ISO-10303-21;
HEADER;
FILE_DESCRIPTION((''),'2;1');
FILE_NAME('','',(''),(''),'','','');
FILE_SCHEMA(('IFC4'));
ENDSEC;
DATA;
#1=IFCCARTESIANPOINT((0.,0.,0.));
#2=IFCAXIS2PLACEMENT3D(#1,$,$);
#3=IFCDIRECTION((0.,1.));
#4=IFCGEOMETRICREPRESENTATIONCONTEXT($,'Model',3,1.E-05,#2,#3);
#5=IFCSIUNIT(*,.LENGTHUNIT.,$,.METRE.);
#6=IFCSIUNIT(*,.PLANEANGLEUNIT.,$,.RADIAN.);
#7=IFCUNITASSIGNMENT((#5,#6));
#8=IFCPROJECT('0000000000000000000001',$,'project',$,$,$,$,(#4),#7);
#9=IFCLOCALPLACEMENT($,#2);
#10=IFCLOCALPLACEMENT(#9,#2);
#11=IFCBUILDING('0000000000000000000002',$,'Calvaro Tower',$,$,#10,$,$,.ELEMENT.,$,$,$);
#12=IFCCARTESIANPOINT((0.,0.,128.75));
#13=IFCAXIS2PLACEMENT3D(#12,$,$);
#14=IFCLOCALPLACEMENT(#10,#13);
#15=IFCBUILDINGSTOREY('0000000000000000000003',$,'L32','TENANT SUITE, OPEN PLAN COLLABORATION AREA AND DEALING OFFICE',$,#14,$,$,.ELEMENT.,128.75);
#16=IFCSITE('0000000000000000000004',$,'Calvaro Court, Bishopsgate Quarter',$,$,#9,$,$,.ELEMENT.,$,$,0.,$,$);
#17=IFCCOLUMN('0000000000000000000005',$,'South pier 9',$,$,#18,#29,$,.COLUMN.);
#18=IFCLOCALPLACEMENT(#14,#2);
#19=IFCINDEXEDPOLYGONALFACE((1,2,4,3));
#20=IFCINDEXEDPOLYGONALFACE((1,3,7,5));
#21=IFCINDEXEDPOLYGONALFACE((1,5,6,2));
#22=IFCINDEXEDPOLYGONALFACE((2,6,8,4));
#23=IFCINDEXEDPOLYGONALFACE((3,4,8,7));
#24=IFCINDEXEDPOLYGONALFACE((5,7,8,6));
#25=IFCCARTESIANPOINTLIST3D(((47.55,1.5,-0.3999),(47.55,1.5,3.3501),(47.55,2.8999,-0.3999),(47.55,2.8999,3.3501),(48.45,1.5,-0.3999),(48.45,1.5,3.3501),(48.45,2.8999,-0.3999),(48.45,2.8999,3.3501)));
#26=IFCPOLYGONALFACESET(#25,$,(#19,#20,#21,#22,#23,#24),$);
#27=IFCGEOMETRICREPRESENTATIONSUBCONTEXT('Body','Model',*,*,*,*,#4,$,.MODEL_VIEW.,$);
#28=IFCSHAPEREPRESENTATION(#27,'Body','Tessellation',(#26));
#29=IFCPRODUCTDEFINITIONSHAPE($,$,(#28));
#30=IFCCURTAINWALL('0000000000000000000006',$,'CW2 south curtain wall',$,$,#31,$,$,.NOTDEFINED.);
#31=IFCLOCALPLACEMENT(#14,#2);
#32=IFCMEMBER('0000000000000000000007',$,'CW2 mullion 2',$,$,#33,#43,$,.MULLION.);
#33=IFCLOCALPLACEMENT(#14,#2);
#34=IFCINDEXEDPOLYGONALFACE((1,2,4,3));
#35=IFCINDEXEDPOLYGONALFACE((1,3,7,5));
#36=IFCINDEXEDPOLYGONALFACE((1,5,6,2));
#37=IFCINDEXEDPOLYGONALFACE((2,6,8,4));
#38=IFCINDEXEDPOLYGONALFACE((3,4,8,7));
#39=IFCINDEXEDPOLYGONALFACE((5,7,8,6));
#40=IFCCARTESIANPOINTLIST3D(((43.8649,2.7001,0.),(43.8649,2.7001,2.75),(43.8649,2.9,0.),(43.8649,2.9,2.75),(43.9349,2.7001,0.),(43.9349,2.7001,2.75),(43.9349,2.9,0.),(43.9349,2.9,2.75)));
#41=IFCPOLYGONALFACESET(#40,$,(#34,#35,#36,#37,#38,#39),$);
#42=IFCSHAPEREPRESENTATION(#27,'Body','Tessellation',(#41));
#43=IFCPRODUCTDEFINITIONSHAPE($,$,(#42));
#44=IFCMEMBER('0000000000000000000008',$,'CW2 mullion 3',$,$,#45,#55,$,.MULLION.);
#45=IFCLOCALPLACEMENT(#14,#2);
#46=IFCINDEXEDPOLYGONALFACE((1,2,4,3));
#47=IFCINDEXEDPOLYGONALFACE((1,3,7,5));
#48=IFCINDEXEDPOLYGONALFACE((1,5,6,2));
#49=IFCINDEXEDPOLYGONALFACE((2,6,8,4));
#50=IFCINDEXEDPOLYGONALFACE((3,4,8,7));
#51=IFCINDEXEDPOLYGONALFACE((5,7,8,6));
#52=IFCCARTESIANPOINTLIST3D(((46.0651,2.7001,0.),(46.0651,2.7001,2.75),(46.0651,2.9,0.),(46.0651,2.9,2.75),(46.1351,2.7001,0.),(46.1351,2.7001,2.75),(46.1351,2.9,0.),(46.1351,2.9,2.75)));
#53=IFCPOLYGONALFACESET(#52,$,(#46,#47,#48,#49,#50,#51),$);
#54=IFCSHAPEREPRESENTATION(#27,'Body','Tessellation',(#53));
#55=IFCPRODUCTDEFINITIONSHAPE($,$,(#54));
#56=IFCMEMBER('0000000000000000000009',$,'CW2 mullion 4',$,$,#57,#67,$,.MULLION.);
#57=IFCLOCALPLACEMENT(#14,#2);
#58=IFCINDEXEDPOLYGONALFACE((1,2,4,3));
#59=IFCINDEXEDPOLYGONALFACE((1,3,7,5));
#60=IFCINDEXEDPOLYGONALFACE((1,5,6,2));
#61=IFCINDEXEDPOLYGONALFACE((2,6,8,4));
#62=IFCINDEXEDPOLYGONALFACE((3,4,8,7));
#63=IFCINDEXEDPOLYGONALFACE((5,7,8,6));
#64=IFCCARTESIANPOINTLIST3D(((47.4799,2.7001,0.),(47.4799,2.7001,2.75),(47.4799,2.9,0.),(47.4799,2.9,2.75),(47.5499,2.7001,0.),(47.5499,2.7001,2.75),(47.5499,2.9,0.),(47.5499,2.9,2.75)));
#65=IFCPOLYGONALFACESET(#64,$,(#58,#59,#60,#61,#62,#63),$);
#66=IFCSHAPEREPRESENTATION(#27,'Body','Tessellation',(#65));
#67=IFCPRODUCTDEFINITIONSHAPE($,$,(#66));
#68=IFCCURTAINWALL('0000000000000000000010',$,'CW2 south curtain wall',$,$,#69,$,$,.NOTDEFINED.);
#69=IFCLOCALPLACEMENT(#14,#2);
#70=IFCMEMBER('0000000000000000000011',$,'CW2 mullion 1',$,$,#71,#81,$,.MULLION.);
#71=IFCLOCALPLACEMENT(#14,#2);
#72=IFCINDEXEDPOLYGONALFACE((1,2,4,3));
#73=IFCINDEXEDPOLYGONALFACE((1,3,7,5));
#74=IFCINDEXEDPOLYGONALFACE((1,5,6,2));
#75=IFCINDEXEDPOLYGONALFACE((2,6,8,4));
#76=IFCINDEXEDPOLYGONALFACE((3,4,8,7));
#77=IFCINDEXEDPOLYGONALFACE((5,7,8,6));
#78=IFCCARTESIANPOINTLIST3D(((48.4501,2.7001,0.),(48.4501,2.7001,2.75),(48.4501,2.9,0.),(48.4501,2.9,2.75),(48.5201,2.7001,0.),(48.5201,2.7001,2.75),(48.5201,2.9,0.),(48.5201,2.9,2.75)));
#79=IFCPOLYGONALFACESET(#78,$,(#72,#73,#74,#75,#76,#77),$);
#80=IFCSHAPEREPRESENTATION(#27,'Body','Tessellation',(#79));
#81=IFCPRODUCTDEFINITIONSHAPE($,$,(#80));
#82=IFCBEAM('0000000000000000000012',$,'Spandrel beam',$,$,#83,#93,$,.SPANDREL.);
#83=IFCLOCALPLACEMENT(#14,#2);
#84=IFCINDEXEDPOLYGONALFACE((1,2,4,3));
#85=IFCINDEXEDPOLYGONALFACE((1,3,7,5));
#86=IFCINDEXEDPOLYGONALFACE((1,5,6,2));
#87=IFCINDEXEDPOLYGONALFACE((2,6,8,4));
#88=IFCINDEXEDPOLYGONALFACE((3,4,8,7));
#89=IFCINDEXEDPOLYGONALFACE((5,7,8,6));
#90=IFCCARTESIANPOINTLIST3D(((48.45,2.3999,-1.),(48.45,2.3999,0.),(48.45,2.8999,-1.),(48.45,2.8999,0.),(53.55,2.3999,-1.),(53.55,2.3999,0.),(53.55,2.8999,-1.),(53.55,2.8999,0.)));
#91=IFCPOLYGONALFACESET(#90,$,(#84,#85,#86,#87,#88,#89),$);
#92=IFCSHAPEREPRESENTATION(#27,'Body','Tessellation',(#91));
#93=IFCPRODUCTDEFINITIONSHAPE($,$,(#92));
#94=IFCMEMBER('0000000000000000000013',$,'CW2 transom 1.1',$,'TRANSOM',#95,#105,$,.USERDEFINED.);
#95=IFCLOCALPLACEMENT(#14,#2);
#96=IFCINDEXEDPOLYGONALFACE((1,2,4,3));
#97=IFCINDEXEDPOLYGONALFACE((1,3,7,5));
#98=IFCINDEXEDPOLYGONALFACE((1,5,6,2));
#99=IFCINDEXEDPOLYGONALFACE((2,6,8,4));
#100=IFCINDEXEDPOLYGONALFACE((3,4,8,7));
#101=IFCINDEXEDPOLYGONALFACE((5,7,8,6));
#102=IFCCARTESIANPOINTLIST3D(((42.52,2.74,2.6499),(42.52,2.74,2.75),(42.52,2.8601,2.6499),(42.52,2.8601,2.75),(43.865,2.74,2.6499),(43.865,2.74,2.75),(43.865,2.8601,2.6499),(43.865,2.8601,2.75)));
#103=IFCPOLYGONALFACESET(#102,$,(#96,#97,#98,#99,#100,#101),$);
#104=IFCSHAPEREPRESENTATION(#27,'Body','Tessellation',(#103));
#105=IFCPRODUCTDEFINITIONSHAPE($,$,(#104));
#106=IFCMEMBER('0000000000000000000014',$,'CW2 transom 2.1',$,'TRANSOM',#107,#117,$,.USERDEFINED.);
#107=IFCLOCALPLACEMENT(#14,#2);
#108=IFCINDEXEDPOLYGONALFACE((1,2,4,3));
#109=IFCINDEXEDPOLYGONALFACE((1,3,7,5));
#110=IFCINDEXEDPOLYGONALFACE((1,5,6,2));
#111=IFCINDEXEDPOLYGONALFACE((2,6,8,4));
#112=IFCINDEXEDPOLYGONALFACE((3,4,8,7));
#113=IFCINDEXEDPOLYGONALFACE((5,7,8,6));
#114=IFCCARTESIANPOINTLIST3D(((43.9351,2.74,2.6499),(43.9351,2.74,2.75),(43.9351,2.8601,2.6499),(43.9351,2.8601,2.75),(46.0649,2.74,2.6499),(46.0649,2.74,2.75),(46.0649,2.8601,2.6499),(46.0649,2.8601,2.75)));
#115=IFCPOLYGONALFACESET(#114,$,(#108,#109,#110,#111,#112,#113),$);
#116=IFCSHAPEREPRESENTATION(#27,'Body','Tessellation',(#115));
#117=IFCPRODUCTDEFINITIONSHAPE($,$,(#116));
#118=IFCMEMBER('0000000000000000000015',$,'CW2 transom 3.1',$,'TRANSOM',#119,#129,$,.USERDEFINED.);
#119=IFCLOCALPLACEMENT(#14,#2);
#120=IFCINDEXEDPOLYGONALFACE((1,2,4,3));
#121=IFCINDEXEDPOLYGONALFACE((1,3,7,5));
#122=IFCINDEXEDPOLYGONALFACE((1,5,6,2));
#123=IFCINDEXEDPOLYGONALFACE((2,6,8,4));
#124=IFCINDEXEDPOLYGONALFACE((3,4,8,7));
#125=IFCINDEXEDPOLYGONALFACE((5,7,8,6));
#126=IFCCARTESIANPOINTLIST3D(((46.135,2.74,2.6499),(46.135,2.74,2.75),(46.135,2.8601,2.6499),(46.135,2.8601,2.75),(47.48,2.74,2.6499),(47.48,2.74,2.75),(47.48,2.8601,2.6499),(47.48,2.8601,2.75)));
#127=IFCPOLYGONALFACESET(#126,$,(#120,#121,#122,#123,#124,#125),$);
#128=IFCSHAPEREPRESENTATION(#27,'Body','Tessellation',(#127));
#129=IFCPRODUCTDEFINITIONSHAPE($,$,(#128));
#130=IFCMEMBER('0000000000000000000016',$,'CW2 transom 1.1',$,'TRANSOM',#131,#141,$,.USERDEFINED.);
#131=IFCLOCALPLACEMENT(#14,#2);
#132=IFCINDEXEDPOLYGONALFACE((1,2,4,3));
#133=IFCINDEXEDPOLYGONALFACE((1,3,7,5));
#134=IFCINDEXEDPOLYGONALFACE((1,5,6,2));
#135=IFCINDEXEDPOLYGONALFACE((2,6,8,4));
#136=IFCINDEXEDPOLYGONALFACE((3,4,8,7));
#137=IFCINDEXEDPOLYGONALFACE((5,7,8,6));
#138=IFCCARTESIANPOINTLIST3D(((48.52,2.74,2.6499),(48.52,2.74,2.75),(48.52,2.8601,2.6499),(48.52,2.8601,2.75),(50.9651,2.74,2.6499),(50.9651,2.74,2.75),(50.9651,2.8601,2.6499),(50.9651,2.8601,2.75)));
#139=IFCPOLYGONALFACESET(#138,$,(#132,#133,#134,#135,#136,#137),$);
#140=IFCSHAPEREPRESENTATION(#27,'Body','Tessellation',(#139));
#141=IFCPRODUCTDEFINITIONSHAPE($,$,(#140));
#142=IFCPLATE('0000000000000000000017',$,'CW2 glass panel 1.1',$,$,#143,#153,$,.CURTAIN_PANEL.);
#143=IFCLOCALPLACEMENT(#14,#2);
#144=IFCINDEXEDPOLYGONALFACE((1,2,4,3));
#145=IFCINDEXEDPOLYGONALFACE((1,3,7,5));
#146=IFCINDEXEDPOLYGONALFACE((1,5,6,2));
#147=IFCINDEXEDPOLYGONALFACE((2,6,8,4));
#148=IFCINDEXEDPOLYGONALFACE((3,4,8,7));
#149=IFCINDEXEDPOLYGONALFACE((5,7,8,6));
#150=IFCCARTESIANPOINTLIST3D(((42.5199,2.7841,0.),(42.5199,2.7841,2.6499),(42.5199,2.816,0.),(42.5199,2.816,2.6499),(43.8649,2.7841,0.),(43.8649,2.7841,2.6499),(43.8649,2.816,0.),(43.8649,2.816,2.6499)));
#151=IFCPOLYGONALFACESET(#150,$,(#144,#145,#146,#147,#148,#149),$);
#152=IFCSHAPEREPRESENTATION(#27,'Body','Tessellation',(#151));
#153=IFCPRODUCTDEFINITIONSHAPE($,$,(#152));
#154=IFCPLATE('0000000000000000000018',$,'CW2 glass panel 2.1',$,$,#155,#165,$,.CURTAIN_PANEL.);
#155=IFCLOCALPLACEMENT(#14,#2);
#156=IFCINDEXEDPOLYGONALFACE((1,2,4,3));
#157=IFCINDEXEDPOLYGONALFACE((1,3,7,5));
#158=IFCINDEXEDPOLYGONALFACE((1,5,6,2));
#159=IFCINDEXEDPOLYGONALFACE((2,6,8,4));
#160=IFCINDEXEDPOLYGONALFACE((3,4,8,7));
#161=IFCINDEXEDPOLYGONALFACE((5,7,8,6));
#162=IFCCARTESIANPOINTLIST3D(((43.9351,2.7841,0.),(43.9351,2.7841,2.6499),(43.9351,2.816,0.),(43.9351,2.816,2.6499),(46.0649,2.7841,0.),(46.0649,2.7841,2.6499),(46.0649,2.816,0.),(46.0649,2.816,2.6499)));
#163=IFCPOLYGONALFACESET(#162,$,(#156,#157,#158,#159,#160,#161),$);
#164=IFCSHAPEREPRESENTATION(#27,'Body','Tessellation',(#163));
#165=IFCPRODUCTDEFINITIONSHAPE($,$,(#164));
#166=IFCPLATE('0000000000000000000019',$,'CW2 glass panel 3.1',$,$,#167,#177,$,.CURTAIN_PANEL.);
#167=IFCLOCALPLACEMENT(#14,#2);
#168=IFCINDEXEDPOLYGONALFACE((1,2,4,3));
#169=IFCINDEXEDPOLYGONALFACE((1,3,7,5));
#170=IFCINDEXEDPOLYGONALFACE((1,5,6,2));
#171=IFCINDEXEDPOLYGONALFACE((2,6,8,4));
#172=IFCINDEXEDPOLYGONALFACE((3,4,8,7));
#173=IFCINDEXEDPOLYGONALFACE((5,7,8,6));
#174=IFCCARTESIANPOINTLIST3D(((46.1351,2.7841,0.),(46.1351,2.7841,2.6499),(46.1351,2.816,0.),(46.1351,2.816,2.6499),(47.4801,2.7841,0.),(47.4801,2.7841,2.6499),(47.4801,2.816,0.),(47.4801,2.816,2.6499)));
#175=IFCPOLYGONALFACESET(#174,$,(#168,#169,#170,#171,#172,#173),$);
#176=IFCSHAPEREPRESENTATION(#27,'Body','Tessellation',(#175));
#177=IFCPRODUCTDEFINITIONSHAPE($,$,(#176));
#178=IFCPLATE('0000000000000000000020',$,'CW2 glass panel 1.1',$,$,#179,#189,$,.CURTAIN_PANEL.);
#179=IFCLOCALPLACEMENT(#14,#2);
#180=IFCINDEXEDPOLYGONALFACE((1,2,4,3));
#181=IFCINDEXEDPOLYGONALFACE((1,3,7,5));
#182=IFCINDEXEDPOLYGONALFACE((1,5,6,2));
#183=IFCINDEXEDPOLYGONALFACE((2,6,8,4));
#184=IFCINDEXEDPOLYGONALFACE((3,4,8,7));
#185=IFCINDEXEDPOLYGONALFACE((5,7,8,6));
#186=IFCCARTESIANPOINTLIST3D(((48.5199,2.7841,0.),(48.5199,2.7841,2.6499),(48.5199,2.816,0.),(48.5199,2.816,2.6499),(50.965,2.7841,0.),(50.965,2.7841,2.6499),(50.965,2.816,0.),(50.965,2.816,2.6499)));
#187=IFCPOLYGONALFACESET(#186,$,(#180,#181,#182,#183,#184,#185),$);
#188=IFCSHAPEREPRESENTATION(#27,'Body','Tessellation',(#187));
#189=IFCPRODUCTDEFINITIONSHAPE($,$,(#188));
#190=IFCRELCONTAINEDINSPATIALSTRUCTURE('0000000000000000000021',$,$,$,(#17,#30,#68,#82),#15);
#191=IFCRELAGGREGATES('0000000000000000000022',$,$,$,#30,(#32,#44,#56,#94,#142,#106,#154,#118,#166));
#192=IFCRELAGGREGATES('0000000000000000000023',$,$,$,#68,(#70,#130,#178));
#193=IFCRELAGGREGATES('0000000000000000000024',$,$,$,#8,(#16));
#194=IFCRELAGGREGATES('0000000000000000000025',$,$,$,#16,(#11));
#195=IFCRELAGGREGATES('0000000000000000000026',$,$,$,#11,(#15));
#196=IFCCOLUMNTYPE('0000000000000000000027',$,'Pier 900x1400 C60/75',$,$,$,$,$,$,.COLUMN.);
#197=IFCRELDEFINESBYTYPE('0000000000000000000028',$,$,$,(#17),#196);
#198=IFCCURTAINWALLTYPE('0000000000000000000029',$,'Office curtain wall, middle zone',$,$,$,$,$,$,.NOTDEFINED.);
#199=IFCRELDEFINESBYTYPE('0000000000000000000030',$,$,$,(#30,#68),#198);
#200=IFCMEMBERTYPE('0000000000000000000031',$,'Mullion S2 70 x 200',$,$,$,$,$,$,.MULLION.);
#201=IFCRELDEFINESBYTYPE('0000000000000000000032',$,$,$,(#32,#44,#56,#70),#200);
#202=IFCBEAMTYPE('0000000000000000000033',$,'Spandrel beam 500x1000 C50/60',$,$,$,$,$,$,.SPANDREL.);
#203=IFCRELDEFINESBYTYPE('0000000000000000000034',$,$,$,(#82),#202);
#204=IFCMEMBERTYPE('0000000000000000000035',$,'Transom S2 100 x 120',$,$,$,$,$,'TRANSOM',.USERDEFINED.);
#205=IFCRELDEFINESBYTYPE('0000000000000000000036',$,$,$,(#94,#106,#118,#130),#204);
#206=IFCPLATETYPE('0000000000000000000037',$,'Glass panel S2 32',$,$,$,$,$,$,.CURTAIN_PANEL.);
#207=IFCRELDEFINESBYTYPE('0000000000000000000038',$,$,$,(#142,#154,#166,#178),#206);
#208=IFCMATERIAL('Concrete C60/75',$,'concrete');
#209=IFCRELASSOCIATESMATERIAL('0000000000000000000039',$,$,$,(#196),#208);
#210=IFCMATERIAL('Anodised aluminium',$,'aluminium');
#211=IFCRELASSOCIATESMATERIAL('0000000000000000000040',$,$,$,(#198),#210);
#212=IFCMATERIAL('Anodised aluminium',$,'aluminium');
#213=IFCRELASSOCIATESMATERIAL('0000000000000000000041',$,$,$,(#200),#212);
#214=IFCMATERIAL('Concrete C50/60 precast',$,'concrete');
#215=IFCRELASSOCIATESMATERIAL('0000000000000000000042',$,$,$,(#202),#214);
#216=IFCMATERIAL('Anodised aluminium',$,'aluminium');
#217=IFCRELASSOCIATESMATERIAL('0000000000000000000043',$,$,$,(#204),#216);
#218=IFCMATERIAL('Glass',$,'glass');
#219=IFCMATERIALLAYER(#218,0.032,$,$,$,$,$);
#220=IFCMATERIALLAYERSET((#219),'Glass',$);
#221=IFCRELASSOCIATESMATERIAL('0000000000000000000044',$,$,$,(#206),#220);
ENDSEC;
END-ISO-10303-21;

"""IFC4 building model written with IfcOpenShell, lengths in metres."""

from ifc_helpers import new_model, si_unit, direction, frame, origin, origin_2d, place, context, subcontext, project, spatial, rectangle, extrude, material, layer, layer_set, material_profile, profile_set, type_object, element, aggregate, save


model = new_model("IFC4")

# Units and contexts
model_context = context("Model", 3, precision=1e-05, world=origin(), true_north=direction((0.0, 1.0)))
body_context = subcontext(model_context, "Body", "Model", "MODEL_VIEW")
ifc_project = project(units=[si_unit("LENGTHUNIT", "METRE"), si_unit("PLANEANGLEUNIT", "RADIAN")], contexts=[model_context])

# Site, building, storey
site_placement = place(None, origin())
site = spatial("IfcSite", under=ifc_project, at=site_placement, Name="Calvaro Court, Bishopsgate Quarter", CompositionType="ELEMENT", RefElevation=0.0)
building_placement = place(site_placement, origin())
building = spatial("IfcBuilding", under=site, at=building_placement, Name="Calvaro Tower", CompositionType="ELEMENT")
storey_placement = place(building_placement, frame((0.0, 0.0, 128.75)))
storey = spatial("IfcBuildingStorey", under=building, at=storey_placement, Name="L32", Description="TENANT SUITE, OPEN PLAN COLLABORATION AREA AND DEALING OFFICE", CompositionType="ELEMENT", Elevation=128.75)

# Column
ifc_material_1 = material(Name="Concrete C60/75", Category="concrete")
ifc_material_profile_1 = material_profile(ifc_material_1, rectangle(XDim=0.8999, YDim=1.3999, at=origin_2d()), Name="RC 900x1400")
ifc_profile_set_1 = profile_set([ifc_material_profile_1], Name="Concrete C60/75")
column_type = type_object("IfcColumnType", Name="Pier 900x1400 C60/75", PredefinedType="COLUMN", material=ifc_profile_set_1)
column_placement = place(storey_placement, frame((48.0, 2.2, -0.3999), z_axis=(0.0, 0.0, 1.0), x_axis=(1.0, 0.0, 0.0)))
element("IfcColumn", 1, at=column_placement, inside=storey, type_object=column_type, Name="South pier 9", PredefinedType="COLUMN", context=body_context, shape_type="SweptSolid", body=[
    extrude(rectangle(XDim=0.8999, YDim=1.3999, at=origin_2d()), origin(), (0.0, 0.0, 1.0), 3.75),
])

# Curtain wall, members
ifc_material_2 = material(Name="Anodised aluminium", Category="aluminium")
curtain_wall_type = type_object("IfcCurtainWallType", Name="Office curtain wall, middle zone", PredefinedType="NOTDEFINED", material=ifc_material_2)
curtain_wall_1_placement = place(storey_placement, origin())
curtain_wall_1 = element("IfcCurtainWall", 2, at=curtain_wall_1_placement, inside=storey, type_object=curtain_wall_type, Name="CW2 south curtain wall", PredefinedType="NOTDEFINED")
ifc_material_3 = material(Name="Anodised aluminium", Category="aluminium")
ifc_material_profile_2 = material_profile(ifc_material_3, rectangle(XDim=0.2, YDim=0.0701, at=origin_2d()), Name="Mullion S2 70 x 200")
ifc_profile_set_2 = profile_set([ifc_material_profile_2], Name="Anodised aluminium")
member_type_1 = type_object("IfcMemberType", Name="Mullion S2 70 x 200", PredefinedType="MULLION", material=ifc_profile_set_2)
member_1_placement = place(storey_placement, frame((43.8999, 2.8, 0.0), z_axis=(0.0, 0.0, 1.0), x_axis=(0.0, 1.0, 0.0)))
member_1 = element("IfcMember", 3, at=member_1_placement, type_object=member_type_1, Name="CW2 mullion 2", PredefinedType="MULLION", context=body_context, shape_type="SweptSolid", body=[
    extrude(rectangle(XDim=0.2, YDim=0.0701, at=origin_2d()), origin(), (0.0, 0.0, 1.0), 2.75),
])
member_2_placement = place(storey_placement, frame((46.1001, 2.8, 0.0), z_axis=(0.0, 0.0, 1.0), x_axis=(0.0, 1.0, 0.0)))
member_2 = element("IfcMember", 4, at=member_2_placement, type_object=member_type_1, Name="CW2 mullion 3", PredefinedType="MULLION", context=body_context, shape_type="SweptSolid", body=[
    extrude(rectangle(XDim=0.2, YDim=0.0701, at=origin_2d()), origin(), (0.0, 0.0, 1.0), 2.75),
])
member_3_placement = place(storey_placement, frame((47.5149, 2.8, 0.0), z_axis=(0.0, 0.0, 1.0), x_axis=(0.0, 1.0, 0.0)))
member_3 = element("IfcMember", 5, at=member_3_placement, type_object=member_type_1, Name="CW2 mullion 4", PredefinedType="MULLION", context=body_context, shape_type="SweptSolid", body=[
    extrude(rectangle(XDim=0.2, YDim=0.0701, at=origin_2d()), origin(), (0.0, 0.0, 1.0), 2.75),
])

# Curtain wall, member
curtain_wall_2_placement = place(storey_placement, origin())
curtain_wall_2 = element("IfcCurtainWall", 6, at=curtain_wall_2_placement, inside=storey, type_object=curtain_wall_type, Name="CW2 south curtain wall", PredefinedType="NOTDEFINED")
member_4_placement = place(storey_placement, frame((48.4851, 2.8, 0.0), z_axis=(0.0, 0.0, 1.0), x_axis=(0.0, 1.0, 0.0)))
member_4 = element("IfcMember", 7, at=member_4_placement, type_object=member_type_1, Name="CW2 mullion 1", PredefinedType="MULLION", context=body_context, shape_type="SweptSolid", body=[
    extrude(rectangle(XDim=0.2, YDim=0.0701, at=origin_2d()), origin(), (0.0, 0.0, 1.0), 2.75),
])

# Beam
ifc_material_4 = material(Name="Concrete C50/60 precast", Category="concrete")
ifc_material_profile_3 = material_profile(ifc_material_4, rectangle(XDim=0.5, YDim=1.0, at=origin_2d()), Name="RC 500x1000")
ifc_profile_set_3 = profile_set([ifc_material_profile_3], Name="Concrete C50/60 precast")
beam_type = type_object("IfcBeamType", Name="Spandrel beam 500x1000 C50/60", PredefinedType="SPANDREL", material=ifc_profile_set_3)
beam_placement = place(storey_placement, frame((48.45, 2.6499, -0.5), z_axis=(1.0, 0.0, 0.0), x_axis=(0.0, 1.0, 0.0)))
element("IfcBeam", 8, at=beam_placement, inside=storey, type_object=beam_type, Name="Spandrel beam", PredefinedType="SPANDREL", context=body_context, shape_type="SweptSolid", body=[
    extrude(rectangle(XDim=0.5, YDim=1.0, at=origin_2d()), origin(), (0.0, 0.0, 1.0), 5.1001),
])

# Members
ifc_material_5 = material(Name="Anodised aluminium", Category="aluminium")
ifc_material_profile_4 = material_profile(ifc_material_5, rectangle(XDim=0.1201, YDim=0.1001, at=origin_2d()), Name="Transom S2 100 x 120")
ifc_profile_set_4 = profile_set([ifc_material_profile_4], Name="Anodised aluminium")
member_type_2 = type_object("IfcMemberType", Name="Transom S2 100 x 120", ElementType="TRANSOM", PredefinedType="USERDEFINED", material=ifc_profile_set_4)
member_5_placement = place(storey_placement, frame((42.52, 2.8, 2.7), z_axis=(1.0, 0.0, 0.0), x_axis=(0.0, 1.0, 0.0)))
member_5 = element("IfcMember", 9, at=member_5_placement, type_object=member_type_2, Name="CW2 transom 1.1", ObjectType="TRANSOM", PredefinedType="USERDEFINED", context=body_context, shape_type="SweptSolid", body=[
    extrude(rectangle(XDim=0.1201, YDim=0.1001, at=origin_2d()), origin(), (0.0, 0.0, 1.0), 1.345),
])
member_6_placement = place(storey_placement, frame((43.9351, 2.8, 2.7), z_axis=(1.0, 0.0, 0.0), x_axis=(0.0, 1.0, 0.0)))
member_6 = element("IfcMember", 10, at=member_6_placement, type_object=member_type_2, Name="CW2 transom 2.1", ObjectType="TRANSOM", PredefinedType="USERDEFINED", context=body_context, shape_type="SweptSolid", body=[
    extrude(rectangle(XDim=0.1201, YDim=0.1001, at=origin_2d()), origin(), (0.0, 0.0, 1.0), 2.1299),
])
member_7_placement = place(storey_placement, frame((46.135, 2.8, 2.7), z_axis=(1.0, 0.0, 0.0), x_axis=(0.0, 1.0, 0.0)))
member_7 = element("IfcMember", 11, at=member_7_placement, type_object=member_type_2, Name="CW2 transom 3.1", ObjectType="TRANSOM", PredefinedType="USERDEFINED", context=body_context, shape_type="SweptSolid", body=[
    extrude(rectangle(XDim=0.1201, YDim=0.1001, at=origin_2d()), origin(), (0.0, 0.0, 1.0), 1.345),
])
member_8_placement = place(storey_placement, frame((48.52, 2.8, 2.7), z_axis=(1.0, 0.0, 0.0), x_axis=(0.0, 1.0, 0.0)))
member_8 = element("IfcMember", 12, at=member_8_placement, type_object=member_type_2, Name="CW2 transom 1.1", ObjectType="TRANSOM", PredefinedType="USERDEFINED", context=body_context, shape_type="SweptSolid", body=[
    extrude(rectangle(XDim=0.1201, YDim=0.1001, at=origin_2d()), origin(), (0.0, 0.0, 1.0), 2.4451),
])

# Plates
ifc_material_6 = material(Name="Glass", Category="glass")
ifc_layer_1 = layer(ifc_material_6, 0.032)
ifc_layer_set_1 = layer_set([ifc_layer_1], Name="Glass")
plate_type = type_object("IfcPlateType", Name="Glass panel S2 32", PredefinedType="CURTAIN_PANEL", material=ifc_layer_set_1)
plate_1_placement = place(storey_placement, frame((43.1924, 2.8, 0.0), z_axis=(0.0, 0.0, 1.0), x_axis=(1.0, 0.0, 0.0)))
plate_1 = element("IfcPlate", 13, at=plate_1_placement, type_object=plate_type, Name="CW2 glass panel 1.1", PredefinedType="CURTAIN_PANEL", context=body_context, shape_type="SweptSolid", body=[
    extrude(rectangle(XDim=1.345, YDim=0.032, at=origin_2d()), origin(), (0.0, 0.0, 1.0), 2.6499),
])
plate_2_placement = place(storey_placement, frame((45.0, 2.8, 0.0), z_axis=(0.0, 0.0, 1.0), x_axis=(1.0, 0.0, 0.0)))
plate_2 = element("IfcPlate", 14, at=plate_2_placement, type_object=plate_type, Name="CW2 glass panel 2.1", PredefinedType="CURTAIN_PANEL", context=body_context, shape_type="SweptSolid", body=[
    extrude(rectangle(XDim=2.1299, YDim=0.032, at=origin_2d()), origin(), (0.0, 0.0, 1.0), 2.6499),
])
plate_3_placement = place(storey_placement, frame((46.8076, 2.8, 0.0), z_axis=(0.0, 0.0, 1.0), x_axis=(1.0, 0.0, 0.0)))
plate_3 = element("IfcPlate", 15, at=plate_3_placement, type_object=plate_type, Name="CW2 glass panel 3.1", PredefinedType="CURTAIN_PANEL", context=body_context, shape_type="SweptSolid", body=[
    extrude(rectangle(XDim=1.345, YDim=0.032, at=origin_2d()), origin(), (0.0, 0.0, 1.0), 2.6499),
])
aggregate(curtain_wall_1, [member_1, member_2, member_3, member_5, plate_1, member_6, plate_2, member_7, plate_3])
plate_4_placement = place(storey_placement, frame((49.7424, 2.8, 0.0), z_axis=(0.0, 0.0, 1.0), x_axis=(1.0, 0.0, 0.0)))
plate_4 = element("IfcPlate", 16, at=plate_4_placement, type_object=plate_type, Name="CW2 glass panel 1.1", PredefinedType="CURTAIN_PANEL", context=body_context, shape_type="SweptSolid", body=[
    extrude(rectangle(XDim=2.4451, YDim=0.032, at=origin_2d()), origin(), (0.0, 0.0, 1.0), 2.6499),
])
aggregate(curtain_wall_2, [member_4, member_8, plate_4])

save(model, "model.ifc")
